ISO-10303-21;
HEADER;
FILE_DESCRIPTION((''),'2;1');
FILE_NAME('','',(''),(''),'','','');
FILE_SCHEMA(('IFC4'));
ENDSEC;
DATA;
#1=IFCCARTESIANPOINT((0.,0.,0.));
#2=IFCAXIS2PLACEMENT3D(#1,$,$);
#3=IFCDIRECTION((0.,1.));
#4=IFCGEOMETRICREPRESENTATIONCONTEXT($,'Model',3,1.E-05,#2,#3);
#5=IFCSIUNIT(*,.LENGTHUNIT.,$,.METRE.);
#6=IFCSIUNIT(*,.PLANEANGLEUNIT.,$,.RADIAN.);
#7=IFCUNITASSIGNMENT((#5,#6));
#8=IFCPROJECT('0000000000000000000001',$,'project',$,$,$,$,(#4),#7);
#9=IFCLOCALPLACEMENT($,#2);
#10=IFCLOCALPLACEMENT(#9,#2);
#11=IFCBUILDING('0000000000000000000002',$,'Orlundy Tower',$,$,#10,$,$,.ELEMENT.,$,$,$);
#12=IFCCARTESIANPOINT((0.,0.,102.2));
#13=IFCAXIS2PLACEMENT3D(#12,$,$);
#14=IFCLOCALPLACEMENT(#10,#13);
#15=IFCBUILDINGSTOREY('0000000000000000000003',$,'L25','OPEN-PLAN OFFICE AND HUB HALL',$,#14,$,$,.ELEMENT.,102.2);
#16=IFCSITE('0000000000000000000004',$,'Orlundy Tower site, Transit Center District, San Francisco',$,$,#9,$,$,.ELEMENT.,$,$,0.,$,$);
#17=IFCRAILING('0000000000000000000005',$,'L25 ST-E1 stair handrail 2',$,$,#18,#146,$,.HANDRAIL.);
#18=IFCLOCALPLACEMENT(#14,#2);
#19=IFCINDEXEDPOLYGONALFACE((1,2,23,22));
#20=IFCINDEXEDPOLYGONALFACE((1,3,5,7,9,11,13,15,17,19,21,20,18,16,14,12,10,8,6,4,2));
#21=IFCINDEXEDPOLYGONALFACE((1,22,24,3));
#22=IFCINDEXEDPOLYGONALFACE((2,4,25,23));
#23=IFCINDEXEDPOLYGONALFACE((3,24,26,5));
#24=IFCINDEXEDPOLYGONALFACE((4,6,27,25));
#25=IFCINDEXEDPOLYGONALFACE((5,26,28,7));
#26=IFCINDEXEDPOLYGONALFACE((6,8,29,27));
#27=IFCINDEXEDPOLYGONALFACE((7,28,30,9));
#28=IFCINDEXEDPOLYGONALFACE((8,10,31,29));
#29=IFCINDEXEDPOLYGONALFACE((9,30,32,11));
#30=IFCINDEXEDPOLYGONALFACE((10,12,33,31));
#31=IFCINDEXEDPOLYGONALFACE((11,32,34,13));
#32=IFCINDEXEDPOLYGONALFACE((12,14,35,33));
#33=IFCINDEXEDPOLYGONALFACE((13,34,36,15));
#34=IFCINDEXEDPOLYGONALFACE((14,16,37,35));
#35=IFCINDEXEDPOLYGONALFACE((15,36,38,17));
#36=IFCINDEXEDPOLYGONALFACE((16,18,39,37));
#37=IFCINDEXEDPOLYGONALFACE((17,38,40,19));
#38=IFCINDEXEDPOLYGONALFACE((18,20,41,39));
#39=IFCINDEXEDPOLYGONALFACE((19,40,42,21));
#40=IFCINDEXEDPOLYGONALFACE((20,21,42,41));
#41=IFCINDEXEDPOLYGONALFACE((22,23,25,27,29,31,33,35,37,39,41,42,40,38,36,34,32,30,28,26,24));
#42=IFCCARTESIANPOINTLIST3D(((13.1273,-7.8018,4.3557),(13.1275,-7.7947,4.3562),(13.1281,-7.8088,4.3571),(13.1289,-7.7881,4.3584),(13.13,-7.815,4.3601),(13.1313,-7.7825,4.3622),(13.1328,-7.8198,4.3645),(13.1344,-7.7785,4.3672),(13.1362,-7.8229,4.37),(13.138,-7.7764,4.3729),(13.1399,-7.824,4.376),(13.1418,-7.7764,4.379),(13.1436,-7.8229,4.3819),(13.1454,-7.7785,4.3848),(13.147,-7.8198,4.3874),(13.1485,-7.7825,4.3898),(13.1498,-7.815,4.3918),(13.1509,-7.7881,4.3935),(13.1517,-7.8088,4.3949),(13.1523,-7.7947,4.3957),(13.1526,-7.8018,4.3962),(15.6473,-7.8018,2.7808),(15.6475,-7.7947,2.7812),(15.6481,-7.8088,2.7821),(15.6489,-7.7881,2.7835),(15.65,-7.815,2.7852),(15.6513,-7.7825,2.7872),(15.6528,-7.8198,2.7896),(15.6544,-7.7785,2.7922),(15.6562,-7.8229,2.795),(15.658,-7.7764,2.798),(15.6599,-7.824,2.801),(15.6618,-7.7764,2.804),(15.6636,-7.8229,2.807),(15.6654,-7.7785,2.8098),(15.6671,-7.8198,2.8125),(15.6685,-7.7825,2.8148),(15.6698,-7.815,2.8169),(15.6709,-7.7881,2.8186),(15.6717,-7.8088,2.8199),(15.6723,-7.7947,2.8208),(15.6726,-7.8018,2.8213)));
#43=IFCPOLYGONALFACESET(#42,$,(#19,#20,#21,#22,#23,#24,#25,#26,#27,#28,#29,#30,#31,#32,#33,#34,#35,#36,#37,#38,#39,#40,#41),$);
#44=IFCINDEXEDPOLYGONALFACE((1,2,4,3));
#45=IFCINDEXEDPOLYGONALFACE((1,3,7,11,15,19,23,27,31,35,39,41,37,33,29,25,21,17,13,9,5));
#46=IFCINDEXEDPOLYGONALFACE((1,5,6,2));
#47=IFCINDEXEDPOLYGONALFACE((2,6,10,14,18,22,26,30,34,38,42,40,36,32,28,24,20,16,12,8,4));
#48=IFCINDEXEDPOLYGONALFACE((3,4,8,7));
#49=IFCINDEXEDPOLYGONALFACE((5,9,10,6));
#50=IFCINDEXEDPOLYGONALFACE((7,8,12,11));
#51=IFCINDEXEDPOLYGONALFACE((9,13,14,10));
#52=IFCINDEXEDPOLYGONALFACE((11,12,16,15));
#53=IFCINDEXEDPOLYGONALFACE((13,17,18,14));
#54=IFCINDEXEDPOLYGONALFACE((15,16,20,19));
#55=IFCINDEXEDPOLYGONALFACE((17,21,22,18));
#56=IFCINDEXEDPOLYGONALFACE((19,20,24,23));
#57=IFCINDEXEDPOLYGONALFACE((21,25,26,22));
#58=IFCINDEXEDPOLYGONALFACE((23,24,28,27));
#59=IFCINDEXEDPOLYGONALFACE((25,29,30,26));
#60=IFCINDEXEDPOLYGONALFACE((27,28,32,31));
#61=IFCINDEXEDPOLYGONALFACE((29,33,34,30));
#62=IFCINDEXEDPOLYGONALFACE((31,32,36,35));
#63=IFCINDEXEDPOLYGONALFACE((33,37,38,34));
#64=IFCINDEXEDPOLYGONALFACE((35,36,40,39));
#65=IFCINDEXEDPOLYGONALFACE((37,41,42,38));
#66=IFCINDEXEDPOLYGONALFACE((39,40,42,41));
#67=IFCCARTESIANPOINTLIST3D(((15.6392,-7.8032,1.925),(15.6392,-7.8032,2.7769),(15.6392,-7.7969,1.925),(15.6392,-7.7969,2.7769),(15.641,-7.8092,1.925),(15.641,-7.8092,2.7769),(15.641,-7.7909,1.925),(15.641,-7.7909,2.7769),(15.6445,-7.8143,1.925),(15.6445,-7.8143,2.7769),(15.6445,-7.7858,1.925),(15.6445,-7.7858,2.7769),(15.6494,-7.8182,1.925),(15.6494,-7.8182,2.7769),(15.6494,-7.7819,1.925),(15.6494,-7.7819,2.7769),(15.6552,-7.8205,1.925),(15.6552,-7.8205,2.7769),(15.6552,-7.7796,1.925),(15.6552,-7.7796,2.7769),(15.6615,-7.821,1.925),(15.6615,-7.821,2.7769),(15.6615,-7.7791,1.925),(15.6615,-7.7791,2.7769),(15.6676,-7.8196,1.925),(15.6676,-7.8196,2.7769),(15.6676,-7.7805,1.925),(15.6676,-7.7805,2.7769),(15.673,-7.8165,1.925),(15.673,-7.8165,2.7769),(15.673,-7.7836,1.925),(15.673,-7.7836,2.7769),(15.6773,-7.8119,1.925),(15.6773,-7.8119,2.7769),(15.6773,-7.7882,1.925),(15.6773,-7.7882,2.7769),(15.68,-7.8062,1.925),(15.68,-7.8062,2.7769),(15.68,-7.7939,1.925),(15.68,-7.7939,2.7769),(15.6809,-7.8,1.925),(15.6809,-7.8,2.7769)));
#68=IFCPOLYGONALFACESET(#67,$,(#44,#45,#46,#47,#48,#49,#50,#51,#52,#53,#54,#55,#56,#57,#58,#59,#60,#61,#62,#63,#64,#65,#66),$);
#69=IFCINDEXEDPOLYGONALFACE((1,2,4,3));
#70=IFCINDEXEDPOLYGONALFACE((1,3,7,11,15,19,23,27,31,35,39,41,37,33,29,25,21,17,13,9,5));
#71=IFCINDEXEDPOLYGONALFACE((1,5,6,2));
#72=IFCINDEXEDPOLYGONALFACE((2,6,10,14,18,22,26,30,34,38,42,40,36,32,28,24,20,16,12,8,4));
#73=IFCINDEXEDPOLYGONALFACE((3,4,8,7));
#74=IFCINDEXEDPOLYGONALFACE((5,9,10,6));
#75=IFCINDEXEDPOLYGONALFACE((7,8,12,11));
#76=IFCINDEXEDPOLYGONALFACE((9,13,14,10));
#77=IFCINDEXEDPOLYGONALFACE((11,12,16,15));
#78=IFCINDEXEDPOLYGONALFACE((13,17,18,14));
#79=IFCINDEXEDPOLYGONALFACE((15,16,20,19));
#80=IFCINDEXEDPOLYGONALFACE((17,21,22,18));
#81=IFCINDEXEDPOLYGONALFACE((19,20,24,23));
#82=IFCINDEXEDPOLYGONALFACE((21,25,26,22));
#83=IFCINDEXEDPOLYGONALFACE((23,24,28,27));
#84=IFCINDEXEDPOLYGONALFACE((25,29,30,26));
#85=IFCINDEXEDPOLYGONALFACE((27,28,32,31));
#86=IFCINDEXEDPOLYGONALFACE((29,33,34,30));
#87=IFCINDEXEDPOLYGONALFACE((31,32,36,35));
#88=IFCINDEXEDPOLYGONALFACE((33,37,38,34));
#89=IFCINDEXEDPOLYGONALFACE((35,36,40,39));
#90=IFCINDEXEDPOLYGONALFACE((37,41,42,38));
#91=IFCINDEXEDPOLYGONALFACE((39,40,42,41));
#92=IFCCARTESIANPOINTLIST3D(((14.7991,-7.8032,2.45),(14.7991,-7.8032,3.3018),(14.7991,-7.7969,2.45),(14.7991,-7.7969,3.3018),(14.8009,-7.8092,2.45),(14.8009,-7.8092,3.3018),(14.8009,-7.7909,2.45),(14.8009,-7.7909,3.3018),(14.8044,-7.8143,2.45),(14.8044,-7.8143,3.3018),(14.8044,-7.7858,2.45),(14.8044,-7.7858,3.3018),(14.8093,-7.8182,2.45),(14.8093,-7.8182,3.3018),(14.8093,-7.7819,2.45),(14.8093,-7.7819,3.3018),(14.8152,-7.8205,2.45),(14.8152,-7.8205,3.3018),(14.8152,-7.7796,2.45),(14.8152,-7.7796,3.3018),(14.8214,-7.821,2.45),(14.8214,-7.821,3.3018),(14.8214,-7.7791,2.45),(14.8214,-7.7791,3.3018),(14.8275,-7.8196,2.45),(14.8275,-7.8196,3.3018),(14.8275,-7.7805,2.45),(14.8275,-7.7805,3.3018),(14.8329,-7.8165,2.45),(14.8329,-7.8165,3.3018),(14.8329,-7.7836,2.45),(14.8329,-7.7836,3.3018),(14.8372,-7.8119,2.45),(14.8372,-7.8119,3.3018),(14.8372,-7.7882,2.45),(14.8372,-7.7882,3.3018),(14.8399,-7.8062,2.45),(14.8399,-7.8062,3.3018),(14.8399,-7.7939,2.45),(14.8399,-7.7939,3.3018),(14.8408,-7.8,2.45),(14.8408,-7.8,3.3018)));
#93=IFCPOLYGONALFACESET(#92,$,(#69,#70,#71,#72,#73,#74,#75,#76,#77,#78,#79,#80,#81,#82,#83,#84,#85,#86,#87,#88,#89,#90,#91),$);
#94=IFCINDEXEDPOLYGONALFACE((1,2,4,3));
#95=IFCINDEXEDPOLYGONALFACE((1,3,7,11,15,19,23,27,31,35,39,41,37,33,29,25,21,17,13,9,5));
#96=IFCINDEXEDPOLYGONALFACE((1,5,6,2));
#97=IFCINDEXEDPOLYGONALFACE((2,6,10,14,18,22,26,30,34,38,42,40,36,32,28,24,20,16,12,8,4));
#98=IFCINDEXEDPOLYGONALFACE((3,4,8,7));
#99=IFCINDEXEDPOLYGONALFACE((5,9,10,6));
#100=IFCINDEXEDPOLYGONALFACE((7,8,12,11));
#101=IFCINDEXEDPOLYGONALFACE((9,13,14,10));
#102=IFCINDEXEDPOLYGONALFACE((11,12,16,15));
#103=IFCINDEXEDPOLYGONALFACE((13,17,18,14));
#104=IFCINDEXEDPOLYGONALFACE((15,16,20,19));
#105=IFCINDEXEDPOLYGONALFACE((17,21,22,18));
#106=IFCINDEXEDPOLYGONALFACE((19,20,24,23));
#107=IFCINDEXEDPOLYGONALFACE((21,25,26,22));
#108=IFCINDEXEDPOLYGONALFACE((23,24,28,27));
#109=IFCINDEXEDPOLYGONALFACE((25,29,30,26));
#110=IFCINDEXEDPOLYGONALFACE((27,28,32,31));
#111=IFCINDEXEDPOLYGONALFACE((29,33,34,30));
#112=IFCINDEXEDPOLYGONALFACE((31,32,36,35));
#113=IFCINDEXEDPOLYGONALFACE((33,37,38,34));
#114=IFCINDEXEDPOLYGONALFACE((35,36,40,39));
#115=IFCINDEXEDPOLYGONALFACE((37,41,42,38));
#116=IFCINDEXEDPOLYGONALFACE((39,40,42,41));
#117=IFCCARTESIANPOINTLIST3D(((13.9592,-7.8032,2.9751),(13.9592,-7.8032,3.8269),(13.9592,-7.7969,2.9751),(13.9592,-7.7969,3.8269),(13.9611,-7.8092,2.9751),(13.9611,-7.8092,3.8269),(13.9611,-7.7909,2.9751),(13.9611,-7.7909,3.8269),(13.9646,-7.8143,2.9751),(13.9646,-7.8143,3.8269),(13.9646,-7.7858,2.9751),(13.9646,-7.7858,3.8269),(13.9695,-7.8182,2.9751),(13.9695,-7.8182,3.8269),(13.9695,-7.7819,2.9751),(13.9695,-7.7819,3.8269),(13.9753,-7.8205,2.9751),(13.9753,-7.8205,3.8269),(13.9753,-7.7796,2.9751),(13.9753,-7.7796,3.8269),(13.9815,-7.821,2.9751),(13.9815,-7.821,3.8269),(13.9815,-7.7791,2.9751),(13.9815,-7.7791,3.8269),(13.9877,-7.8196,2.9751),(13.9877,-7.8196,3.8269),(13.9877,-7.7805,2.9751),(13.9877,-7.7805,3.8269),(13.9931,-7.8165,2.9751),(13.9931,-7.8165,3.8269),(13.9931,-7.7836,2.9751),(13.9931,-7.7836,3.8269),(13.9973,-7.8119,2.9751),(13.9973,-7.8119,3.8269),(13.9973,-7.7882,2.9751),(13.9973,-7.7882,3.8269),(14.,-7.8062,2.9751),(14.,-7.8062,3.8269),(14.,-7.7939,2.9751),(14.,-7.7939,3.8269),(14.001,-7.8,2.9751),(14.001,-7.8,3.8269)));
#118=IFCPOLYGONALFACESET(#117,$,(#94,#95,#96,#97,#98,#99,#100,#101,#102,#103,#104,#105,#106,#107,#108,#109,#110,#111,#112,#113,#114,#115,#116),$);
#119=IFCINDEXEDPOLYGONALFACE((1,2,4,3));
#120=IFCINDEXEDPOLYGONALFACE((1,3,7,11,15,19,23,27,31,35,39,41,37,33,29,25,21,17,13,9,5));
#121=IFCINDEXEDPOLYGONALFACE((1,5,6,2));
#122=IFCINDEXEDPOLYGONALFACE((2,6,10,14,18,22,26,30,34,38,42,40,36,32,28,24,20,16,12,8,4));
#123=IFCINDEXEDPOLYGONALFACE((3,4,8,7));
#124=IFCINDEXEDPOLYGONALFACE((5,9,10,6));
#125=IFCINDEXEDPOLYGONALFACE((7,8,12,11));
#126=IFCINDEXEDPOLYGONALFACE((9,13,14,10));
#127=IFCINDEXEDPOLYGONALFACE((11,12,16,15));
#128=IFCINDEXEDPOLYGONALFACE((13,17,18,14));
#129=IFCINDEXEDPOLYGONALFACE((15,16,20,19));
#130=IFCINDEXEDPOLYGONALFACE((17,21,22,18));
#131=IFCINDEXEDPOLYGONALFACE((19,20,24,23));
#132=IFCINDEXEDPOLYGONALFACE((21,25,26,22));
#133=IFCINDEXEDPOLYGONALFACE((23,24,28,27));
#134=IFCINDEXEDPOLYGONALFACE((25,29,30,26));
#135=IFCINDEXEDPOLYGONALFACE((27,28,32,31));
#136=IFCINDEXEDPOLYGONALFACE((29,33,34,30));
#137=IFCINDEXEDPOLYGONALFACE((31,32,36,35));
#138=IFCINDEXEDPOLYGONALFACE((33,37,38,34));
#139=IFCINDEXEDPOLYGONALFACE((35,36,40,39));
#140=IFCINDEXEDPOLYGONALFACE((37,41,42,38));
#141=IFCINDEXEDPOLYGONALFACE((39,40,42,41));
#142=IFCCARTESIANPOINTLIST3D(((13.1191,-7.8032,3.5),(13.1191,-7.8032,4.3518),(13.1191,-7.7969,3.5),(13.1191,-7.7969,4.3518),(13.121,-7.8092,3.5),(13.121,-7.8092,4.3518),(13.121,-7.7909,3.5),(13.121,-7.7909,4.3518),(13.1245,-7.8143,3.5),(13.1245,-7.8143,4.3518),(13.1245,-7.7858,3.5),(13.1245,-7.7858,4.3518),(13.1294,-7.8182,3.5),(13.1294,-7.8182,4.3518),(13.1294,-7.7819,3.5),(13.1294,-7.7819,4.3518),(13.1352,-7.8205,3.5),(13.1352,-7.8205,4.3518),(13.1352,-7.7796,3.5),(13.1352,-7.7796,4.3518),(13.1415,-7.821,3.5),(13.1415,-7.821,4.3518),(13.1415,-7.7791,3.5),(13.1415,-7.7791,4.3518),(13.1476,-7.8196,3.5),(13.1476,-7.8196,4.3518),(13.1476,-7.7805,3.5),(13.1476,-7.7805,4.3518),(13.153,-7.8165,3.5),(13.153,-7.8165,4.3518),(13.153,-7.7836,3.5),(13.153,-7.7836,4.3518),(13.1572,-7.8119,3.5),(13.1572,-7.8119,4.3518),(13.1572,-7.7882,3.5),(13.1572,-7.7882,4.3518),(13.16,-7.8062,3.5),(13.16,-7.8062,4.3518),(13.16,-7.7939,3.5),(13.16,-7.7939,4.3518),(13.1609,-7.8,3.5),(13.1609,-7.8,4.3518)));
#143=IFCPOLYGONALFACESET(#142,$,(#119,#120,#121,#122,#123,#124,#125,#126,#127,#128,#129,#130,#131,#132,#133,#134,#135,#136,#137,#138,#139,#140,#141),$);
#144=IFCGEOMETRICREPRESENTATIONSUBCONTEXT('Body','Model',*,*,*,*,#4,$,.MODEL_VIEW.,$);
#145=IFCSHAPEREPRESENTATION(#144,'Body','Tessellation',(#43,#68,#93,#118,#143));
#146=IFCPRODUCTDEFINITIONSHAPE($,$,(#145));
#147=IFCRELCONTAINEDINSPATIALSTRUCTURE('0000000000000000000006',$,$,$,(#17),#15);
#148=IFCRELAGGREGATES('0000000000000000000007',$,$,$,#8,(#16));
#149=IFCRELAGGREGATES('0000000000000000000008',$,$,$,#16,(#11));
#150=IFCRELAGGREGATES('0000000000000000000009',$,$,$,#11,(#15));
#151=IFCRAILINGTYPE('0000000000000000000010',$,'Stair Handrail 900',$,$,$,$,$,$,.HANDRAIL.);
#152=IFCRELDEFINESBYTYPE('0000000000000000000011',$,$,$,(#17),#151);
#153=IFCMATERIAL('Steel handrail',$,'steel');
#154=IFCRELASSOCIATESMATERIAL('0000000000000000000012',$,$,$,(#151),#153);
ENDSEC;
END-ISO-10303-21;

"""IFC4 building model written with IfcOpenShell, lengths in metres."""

from ifc_helpers import new_model, si_unit, direction, frame, origin, origin_2d, place, context, subcontext, project, spatial, circle, extrude, material, type_object, element, save


model = new_model("IFC4")

# Units and contexts
model_context = context("Model", 3, precision=1e-05, world=origin(), true_north=direction((0.0, 1.0)))
body_context = subcontext(model_context, "Body", "Model", "MODEL_VIEW")
ifc_project = project(units=[si_unit("LENGTHUNIT", "METRE"), si_unit("PLANEANGLEUNIT", "RADIAN")], contexts=[model_context])

# Site, building, storey
site_placement = place(None, origin())
site = spatial("IfcSite", under=ifc_project, at=site_placement, Name="Orlundy Tower site, Transit Center District, San Francisco", CompositionType="ELEMENT", RefElevation=0.0)
building_placement = place(site_placement, origin())
building = spatial("IfcBuilding", under=site, at=building_placement, Name="Orlundy Tower", CompositionType="ELEMENT")
storey_placement = place(building_placement, frame((0.0, 0.0, 102.2)))
storey = spatial("IfcBuildingStorey", under=building, at=storey_placement, Name="L25", Description="OPEN-PLAN OFFICE AND HUB HALL", CompositionType="ELEMENT", Elevation=102.2)

# Railing
ifc_material_1 = material(Name="Steel handrail", Category="steel")
railing_type_1 = type_object("IfcRailingType", Name="Stair Handrail 900", PredefinedType="HANDRAIL", material=ifc_material_1)
railing_1_placement = place(storey_placement, frame((15.6599, -7.8, 1.925)))
element("IfcRailing", 1, at=railing_1_placement, inside=storey, type_object=railing_type_1, Name="L25 ST-E1 stair handrail 2", PredefinedType="HANDRAIL", context=body_context, shape_type="SweptSolid", body=[
    extrude(circle(Radius=0.0239, at=origin_2d()), frame((0.0, 0.0, 0.876), z_axis=(-0.848008, 0.0, 0.529984), x_axis=(0.0, -1.0, 0.0)), (0.0, 0.0, 1.0), 2.9717),
    extrude(circle(Radius=0.021, at=origin_2d()), origin(), (0.0, 0.0, 1.0), 0.8518),
    extrude(circle(Radius=0.021, at=origin_2d()), frame((-0.8401, 0.0, 0.5249)), (0.0, 0.0, 1.0), 0.8518),
    extrude(circle(Radius=0.021, at=origin_2d()), frame((-1.6799, 0.0, 1.05)), (0.0, 0.0, 1.0), 0.8518),
    extrude(circle(Radius=0.021, at=origin_2d()), frame((-2.52, 0.0, 1.575)), (0.0, 0.0, 1.0), 0.8518),
])

save(model, "model.ifc")
